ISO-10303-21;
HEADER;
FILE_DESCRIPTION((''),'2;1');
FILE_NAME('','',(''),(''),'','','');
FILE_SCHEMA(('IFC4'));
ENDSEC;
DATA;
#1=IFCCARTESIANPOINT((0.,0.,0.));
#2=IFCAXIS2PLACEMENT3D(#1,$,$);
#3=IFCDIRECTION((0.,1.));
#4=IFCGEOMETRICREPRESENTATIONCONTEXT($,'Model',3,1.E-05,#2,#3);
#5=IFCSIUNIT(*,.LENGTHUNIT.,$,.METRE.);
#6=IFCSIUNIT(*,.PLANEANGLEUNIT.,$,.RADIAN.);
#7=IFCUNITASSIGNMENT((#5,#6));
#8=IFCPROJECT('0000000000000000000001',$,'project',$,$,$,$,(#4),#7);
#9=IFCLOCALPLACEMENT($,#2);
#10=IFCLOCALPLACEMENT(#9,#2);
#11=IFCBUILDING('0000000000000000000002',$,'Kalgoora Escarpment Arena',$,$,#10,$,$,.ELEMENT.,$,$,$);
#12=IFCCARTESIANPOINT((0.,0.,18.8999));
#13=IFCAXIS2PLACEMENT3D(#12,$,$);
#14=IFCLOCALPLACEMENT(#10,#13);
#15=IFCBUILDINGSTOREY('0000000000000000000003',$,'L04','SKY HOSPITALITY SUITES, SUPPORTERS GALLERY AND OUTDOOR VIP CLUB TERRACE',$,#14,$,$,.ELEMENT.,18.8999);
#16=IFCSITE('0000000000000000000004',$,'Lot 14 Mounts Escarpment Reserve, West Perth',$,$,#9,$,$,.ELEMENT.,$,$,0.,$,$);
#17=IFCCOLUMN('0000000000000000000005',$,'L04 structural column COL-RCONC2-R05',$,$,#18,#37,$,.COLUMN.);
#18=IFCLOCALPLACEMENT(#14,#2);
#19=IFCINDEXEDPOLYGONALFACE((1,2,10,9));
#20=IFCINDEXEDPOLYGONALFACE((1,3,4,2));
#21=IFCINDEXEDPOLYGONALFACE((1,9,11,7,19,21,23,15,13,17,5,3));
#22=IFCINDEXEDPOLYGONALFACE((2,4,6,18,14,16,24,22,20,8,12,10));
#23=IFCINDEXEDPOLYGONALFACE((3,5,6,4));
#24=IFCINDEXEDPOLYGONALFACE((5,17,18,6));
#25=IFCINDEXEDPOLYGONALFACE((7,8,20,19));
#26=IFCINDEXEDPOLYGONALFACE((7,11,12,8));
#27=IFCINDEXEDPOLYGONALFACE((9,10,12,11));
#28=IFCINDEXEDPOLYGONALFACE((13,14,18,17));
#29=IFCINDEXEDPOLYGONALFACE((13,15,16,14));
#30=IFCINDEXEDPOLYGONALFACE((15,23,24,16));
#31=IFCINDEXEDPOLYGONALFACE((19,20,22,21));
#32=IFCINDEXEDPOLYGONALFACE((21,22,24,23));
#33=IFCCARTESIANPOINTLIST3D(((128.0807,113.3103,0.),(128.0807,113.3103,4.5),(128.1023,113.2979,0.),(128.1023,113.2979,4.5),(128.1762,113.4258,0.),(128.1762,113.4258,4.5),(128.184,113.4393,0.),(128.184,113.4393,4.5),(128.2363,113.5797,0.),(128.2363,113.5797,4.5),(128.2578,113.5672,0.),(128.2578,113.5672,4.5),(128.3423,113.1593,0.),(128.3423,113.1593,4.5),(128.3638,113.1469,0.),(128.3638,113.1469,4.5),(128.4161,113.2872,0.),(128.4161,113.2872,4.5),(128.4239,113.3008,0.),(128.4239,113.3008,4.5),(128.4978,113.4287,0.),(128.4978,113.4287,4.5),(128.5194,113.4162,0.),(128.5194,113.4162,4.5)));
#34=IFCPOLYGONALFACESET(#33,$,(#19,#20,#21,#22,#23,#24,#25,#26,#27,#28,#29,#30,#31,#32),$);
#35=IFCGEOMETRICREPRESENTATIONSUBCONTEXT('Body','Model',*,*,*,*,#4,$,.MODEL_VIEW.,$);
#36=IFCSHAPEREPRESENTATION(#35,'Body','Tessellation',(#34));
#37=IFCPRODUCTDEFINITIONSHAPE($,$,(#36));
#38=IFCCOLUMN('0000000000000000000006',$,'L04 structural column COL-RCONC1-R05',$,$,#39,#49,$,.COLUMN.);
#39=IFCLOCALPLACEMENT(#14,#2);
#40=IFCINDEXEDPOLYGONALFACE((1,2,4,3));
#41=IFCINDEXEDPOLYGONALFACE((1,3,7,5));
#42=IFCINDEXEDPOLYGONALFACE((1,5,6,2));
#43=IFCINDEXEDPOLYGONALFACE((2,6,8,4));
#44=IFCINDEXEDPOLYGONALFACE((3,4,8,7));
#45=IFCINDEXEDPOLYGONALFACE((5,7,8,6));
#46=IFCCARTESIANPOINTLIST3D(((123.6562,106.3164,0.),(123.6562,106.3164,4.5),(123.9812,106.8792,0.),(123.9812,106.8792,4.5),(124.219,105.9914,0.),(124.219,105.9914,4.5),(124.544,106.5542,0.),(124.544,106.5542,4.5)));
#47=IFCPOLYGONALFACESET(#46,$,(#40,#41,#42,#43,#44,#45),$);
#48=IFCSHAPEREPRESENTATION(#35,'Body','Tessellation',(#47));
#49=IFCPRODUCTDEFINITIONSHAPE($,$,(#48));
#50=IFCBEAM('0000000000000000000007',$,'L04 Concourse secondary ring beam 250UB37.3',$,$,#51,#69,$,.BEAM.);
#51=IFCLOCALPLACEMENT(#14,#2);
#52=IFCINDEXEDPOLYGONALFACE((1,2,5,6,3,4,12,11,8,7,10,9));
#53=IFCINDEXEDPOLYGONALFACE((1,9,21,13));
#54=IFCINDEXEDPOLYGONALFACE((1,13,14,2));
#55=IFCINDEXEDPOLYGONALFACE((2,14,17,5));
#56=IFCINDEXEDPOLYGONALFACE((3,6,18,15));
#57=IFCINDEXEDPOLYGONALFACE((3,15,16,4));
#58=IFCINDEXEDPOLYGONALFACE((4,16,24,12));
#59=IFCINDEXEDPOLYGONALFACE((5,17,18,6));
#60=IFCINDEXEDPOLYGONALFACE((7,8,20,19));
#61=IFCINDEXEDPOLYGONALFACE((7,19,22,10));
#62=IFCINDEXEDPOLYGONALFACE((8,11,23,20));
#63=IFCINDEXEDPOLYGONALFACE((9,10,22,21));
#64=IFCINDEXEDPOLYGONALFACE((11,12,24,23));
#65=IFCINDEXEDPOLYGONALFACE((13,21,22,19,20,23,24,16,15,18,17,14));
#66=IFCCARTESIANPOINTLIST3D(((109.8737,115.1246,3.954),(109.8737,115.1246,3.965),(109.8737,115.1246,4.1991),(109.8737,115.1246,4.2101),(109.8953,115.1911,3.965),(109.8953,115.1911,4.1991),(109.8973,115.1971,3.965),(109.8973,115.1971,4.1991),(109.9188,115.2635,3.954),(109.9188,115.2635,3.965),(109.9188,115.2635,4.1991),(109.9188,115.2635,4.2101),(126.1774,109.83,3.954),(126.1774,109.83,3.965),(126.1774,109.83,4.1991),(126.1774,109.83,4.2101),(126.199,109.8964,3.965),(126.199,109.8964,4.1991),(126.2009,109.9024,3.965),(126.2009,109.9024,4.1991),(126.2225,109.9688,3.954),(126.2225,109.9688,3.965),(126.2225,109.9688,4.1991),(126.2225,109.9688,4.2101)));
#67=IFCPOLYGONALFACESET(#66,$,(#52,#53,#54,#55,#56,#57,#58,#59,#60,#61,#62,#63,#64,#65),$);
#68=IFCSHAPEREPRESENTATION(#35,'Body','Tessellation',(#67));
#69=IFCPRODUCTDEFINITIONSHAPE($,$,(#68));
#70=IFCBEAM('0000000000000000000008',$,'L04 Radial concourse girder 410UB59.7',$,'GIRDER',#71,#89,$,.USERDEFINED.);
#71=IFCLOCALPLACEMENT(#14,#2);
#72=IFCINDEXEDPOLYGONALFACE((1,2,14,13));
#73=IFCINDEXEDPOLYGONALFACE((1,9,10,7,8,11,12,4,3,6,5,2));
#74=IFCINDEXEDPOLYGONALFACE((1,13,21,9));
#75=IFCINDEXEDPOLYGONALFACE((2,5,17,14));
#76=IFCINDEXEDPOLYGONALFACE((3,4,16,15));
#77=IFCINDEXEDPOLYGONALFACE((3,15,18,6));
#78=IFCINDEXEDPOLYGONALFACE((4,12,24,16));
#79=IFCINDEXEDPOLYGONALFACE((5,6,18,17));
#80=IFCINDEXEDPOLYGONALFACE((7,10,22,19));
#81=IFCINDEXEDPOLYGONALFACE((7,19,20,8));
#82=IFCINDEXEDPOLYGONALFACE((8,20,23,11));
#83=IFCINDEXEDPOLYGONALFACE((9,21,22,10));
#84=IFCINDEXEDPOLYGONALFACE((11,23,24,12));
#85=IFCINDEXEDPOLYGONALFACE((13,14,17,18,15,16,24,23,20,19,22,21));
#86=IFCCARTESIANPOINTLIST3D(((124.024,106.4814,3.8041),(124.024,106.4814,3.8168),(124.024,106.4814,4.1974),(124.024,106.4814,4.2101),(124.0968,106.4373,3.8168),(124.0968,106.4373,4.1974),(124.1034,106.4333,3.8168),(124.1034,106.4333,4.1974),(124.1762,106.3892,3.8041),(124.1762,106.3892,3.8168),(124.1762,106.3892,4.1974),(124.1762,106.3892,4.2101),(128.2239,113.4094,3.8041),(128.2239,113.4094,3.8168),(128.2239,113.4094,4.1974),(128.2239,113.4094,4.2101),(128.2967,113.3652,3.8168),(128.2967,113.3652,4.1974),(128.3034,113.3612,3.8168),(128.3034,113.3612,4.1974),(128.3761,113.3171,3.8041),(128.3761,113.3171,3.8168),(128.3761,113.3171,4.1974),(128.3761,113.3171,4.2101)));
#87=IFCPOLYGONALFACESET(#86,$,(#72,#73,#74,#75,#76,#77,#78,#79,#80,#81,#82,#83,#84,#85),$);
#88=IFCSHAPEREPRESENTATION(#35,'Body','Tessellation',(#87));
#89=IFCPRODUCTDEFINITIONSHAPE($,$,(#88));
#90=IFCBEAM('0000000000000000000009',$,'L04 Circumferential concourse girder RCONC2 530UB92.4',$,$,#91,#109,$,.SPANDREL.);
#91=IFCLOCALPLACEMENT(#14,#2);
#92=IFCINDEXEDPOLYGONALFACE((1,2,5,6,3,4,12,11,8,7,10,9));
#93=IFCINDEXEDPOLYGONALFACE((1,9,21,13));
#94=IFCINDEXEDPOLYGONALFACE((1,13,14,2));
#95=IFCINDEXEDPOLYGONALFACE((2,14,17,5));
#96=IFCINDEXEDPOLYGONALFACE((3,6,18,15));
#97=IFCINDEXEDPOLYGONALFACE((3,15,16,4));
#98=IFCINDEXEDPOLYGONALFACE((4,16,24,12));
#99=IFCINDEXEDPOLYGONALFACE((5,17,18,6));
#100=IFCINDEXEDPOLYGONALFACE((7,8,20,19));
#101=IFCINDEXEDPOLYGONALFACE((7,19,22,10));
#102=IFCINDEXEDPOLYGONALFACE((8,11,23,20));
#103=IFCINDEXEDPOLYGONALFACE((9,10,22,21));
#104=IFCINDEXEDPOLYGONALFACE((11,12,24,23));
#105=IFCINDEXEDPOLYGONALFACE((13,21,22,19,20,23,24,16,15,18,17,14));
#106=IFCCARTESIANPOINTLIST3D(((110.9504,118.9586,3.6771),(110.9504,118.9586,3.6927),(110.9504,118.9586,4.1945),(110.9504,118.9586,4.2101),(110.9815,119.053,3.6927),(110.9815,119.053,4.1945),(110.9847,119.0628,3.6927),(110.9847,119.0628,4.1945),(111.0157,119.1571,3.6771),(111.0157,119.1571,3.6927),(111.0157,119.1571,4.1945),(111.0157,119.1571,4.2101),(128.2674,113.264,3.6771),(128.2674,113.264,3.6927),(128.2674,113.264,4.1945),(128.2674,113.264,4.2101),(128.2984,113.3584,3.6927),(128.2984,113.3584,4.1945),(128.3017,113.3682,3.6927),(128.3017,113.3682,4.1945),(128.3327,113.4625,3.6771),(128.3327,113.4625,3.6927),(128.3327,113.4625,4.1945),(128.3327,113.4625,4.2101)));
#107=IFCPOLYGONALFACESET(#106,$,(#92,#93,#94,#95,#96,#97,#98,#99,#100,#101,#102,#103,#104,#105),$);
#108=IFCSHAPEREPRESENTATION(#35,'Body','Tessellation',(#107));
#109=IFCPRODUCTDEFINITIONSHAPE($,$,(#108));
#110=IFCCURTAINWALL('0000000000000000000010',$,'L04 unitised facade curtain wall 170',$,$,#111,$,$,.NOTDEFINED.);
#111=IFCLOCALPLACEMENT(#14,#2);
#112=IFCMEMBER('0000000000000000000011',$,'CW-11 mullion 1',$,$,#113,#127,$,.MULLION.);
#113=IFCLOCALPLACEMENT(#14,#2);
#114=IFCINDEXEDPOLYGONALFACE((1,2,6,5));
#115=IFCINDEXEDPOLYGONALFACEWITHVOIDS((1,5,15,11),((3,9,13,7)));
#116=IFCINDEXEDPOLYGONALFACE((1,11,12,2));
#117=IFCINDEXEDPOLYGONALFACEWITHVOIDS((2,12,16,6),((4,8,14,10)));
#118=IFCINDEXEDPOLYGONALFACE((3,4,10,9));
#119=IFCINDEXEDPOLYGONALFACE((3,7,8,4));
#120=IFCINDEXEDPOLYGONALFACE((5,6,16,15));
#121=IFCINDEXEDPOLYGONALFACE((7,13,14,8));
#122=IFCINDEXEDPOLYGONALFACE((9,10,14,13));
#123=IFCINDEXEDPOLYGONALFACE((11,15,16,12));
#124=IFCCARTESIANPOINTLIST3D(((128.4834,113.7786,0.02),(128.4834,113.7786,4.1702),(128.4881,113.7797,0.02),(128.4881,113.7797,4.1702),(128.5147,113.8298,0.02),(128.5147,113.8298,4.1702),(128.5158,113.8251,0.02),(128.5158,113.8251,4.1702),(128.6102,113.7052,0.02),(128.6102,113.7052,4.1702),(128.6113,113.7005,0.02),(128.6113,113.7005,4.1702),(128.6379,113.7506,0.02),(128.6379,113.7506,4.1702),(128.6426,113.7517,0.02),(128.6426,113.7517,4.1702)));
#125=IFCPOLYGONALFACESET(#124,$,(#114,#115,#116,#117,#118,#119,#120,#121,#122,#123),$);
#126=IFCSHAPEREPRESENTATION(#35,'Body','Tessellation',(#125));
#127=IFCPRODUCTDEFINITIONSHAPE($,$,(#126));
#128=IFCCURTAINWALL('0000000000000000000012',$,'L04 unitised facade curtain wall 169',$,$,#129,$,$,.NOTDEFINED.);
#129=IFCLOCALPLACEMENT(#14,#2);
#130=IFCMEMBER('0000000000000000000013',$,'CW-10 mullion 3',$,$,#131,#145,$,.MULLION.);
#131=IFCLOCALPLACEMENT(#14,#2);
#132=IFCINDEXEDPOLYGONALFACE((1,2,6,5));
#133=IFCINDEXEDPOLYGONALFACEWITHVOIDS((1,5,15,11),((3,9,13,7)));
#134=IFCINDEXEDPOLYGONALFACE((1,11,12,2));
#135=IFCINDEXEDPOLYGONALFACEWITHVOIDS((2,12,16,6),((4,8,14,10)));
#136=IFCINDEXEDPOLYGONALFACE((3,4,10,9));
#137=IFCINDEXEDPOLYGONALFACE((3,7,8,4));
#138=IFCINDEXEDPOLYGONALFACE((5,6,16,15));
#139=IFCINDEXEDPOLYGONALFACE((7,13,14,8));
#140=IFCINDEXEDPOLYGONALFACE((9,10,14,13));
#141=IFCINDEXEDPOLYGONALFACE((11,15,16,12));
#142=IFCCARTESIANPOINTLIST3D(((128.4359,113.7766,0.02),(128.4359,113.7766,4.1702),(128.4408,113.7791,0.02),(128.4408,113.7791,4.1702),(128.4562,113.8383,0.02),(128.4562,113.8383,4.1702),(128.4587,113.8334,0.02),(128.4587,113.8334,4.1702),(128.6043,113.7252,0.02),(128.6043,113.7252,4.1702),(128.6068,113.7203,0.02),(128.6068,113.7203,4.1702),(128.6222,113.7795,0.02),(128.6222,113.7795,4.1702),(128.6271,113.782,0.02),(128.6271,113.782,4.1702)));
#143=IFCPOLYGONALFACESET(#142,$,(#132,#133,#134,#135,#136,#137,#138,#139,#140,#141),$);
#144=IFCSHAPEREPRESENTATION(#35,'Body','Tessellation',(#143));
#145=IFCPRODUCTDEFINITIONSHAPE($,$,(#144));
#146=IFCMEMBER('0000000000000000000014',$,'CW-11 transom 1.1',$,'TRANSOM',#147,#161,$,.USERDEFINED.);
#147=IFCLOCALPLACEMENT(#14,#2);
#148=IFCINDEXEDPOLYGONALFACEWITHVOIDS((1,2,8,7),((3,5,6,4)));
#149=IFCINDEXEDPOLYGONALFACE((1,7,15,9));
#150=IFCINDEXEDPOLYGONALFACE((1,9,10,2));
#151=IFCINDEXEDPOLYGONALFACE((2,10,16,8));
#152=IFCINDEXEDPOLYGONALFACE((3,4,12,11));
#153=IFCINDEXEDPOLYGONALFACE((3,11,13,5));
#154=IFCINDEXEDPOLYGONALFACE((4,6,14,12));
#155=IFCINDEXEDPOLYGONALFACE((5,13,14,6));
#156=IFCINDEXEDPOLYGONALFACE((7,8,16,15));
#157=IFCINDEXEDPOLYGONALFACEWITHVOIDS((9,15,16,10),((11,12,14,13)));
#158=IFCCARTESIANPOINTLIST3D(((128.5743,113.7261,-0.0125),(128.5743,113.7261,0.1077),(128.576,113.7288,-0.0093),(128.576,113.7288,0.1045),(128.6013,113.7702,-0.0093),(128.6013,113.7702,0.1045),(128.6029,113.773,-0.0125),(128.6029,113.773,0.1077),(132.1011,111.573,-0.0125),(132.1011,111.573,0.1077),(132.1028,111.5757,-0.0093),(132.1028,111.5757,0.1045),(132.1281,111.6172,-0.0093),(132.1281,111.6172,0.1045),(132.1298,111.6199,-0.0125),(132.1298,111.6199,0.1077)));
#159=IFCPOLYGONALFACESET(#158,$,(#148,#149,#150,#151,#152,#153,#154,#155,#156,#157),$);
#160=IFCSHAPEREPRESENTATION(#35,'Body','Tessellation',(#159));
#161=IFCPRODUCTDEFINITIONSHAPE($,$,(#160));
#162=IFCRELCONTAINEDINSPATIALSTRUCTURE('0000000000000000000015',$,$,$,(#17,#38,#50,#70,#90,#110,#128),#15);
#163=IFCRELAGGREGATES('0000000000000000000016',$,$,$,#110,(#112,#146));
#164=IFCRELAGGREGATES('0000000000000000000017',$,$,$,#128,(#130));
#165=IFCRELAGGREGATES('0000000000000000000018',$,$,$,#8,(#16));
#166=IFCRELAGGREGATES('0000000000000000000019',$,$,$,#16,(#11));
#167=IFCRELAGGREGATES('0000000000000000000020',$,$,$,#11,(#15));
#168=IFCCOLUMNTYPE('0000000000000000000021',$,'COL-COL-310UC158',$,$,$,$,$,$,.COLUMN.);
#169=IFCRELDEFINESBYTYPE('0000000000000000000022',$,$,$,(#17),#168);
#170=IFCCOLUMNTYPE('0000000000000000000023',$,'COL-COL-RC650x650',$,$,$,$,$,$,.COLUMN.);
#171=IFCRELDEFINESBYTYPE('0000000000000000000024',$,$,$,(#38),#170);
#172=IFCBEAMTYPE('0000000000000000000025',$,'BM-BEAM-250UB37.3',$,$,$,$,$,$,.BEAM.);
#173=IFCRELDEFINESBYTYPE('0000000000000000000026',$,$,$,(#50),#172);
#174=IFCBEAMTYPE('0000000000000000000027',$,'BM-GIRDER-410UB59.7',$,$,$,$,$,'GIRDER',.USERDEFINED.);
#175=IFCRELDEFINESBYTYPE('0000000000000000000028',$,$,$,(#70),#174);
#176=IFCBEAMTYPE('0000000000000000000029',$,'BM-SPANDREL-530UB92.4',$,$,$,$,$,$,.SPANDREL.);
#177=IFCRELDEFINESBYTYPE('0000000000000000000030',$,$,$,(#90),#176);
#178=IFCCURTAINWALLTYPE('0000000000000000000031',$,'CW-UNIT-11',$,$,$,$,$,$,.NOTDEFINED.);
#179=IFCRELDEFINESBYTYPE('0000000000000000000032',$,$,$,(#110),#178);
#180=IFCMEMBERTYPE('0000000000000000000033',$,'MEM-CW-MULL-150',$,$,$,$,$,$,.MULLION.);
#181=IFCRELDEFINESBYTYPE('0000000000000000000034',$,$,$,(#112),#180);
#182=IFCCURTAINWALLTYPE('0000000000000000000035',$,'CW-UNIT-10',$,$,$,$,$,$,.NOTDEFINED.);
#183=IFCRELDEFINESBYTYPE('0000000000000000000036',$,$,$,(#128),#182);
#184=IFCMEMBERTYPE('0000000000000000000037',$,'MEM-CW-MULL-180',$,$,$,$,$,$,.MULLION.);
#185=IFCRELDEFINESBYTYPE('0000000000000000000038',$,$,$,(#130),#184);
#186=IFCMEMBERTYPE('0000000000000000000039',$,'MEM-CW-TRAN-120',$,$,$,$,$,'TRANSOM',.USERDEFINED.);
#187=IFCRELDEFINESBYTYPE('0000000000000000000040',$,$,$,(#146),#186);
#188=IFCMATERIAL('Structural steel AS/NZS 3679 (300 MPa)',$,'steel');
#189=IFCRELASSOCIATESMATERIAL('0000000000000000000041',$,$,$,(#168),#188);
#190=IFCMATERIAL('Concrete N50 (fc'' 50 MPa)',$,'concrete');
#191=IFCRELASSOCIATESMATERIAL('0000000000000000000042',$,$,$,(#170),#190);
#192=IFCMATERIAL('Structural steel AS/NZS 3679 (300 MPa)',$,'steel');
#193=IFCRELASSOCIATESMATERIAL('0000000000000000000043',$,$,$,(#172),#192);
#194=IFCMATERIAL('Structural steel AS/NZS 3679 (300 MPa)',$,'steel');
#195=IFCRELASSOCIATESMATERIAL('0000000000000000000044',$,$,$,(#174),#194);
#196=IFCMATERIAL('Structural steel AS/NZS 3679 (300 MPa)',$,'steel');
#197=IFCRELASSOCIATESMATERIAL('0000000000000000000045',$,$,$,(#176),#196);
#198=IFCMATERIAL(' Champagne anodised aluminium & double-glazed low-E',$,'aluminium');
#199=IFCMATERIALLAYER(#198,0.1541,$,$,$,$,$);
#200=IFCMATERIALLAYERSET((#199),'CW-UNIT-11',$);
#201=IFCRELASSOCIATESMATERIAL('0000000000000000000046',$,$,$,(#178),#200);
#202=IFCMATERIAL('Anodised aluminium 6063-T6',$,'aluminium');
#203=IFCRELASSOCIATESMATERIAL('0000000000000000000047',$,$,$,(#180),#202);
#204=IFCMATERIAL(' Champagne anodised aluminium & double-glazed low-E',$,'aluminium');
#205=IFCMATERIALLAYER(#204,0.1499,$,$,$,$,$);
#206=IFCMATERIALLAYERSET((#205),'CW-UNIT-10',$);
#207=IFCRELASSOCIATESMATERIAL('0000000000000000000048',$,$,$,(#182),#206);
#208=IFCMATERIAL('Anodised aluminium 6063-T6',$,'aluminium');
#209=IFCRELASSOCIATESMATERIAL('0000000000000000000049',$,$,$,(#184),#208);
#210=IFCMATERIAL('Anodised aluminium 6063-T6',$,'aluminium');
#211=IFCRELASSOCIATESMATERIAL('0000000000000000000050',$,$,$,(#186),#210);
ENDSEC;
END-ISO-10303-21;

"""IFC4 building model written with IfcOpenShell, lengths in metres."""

from ifc_helpers import new_model, si_unit, direction, frame, origin, origin_2d, place, context, subcontext, project, spatial, rectangle, hollow_rectangle, i_section, extrude, material, layer, layer_set, material_profile, profile_set, type_object, element, aggregate, save


model = new_model("IFC4")

# Units and contexts
model_context = context("Model", 3, precision=1e-05, world=origin(), true_north=direction((0.0, 1.0)))
body_context = subcontext(model_context, "Body", "Model", "MODEL_VIEW")
ifc_project = project(units=[si_unit("LENGTHUNIT", "METRE"), si_unit("PLANEANGLEUNIT", "RADIAN")], contexts=[model_context])

# Site, building, storey
site_placement = place(None, origin())
site = spatial("IfcSite", under=ifc_project, at=site_placement, Name="Lot 14 Mounts Escarpment Reserve, West Perth", CompositionType="ELEMENT", RefElevation=0.0)
building_placement = place(site_placement, origin())
building = spatial("IfcBuilding", under=site, at=building_placement, Name="Kalgoora Escarpment Arena", CompositionType="ELEMENT")
storey_placement = place(building_placement, frame((0.0, 0.0, 18.8999)))
storey = spatial("IfcBuildingStorey", under=building, at=storey_placement, Name="L04", Description="SKY HOSPITALITY SUITES, SUPPORTERS GALLERY AND OUTDOOR VIP CLUB TERRACE", CompositionType="ELEMENT", Elevation=18.8999)

# Columns
ifc_material_1 = material(Name="Structural steel AS/NZS 3679 (300 MPa)", Category="steel")
ifc_material_profile_1 = material_profile(ifc_material_1, i_section(OverallWidth=0.311, OverallDepth=0.3269, WebThickness=0.0156, FlangeThickness=0.0249, at=origin_2d()))
ifc_profile_set_1 = profile_set([ifc_material_profile_1], Name="Structural steel AS/NZS 3679 (300 MPa)")
column_type_1 = type_object("IfcColumnType", Name="COL-COL-310UC158", PredefinedType="COLUMN", material=ifc_profile_set_1)
column_1_placement = place(storey_placement, frame((128.3, 113.3633, 0.0), z_axis=(0.0, 0.0, 1.0), x_axis=(0.5, 0.866025, 0.0)))
element("IfcColumn", 1, at=column_1_placement, inside=storey, type_object=column_type_1, Name="L04 structural column COL-RCONC2-R05", PredefinedType="COLUMN", context=body_context, shape_type="SweptSolid", body=[
    extrude(i_section(OverallWidth=0.311, OverallDepth=0.3269, WebThickness=0.0156, FlangeThickness=0.0249, at=origin_2d()), origin(), (0.0, 0.0, 1.0), 4.5),
])
ifc_material_2 = material(Name="Concrete N50 (fc' 50 MPa)", Category="concrete")
ifc_material_profile_2 = material_profile(ifc_material_2, rectangle(XDim=0.6499, YDim=0.6499, at=origin_2d()))
ifc_profile_set_2 = profile_set([ifc_material_profile_2], Name="Concrete N50 (fc' 50 MPa)")
column_type_2 = type_object("IfcColumnType", Name="COL-COL-RC650x650", PredefinedType="COLUMN", material=ifc_profile_set_2)
column_2_placement = place(storey_placement, frame((124.1001, 106.4353, 0.0), z_axis=(0.0, 0.0, 1.0), x_axis=(0.5, 0.866025, 0.0)))
element("IfcColumn", 2, at=column_2_placement, inside=storey, type_object=column_type_2, Name="L04 structural column COL-RCONC1-R05", PredefinedType="COLUMN", context=body_context, shape_type="SweptSolid", body=[
    extrude(rectangle(XDim=0.6499, YDim=0.6499, at=origin_2d()), origin(), (0.0, 0.0, 1.0), 4.5),
])

# Beams
ifc_material_3 = material(Name="Structural steel AS/NZS 3679 (300 MPa)", Category="steel")
ifc_material_profile_3 = material_profile(ifc_material_3, i_section(OverallWidth=0.146, OverallDepth=0.2561, WebThickness=0.0063, FlangeThickness=0.011, at=origin_2d()))
ifc_profile_set_3 = profile_set([ifc_material_profile_3], Name="Structural steel AS/NZS 3679 (300 MPa)")
beam_type_1 = type_object("IfcBeamType", Name="BM-BEAM-250UB37.3", PredefinedType="BEAM", material=ifc_profile_set_3)
beam_1_placement = place(storey_placement, frame((126.2, 109.8994, 4.082), z_axis=(-0.951103, 0.308874, 0.0), x_axis=(-0.308874, -0.951103, 0.0)))
element("IfcBeam", 3, at=beam_1_placement, inside=storey, type_object=beam_type_1, Name="L04 Concourse secondary ring beam 250UB37.3", PredefinedType="BEAM", context=body_context, shape_type="SweptSolid", body=[
    extrude(i_section(OverallWidth=0.146, OverallDepth=0.2561, WebThickness=0.0063, FlangeThickness=0.011, at=origin_2d()), origin(), (0.0, 0.0, 1.0), 17.1418),
])
ifc_material_4 = material(Name="Structural steel AS/NZS 3679 (300 MPa)", Category="steel")
ifc_material_profile_4 = material_profile(ifc_material_4, i_section(OverallWidth=0.178, OverallDepth=0.406, WebThickness=0.0078, FlangeThickness=0.0127, at=origin_2d()))
ifc_profile_set_4 = profile_set([ifc_material_profile_4], Name="Structural steel AS/NZS 3679 (300 MPa)")
beam_type_2 = type_object("IfcBeamType", Name="BM-GIRDER-410UB59.7", ElementType="GIRDER", PredefinedType="USERDEFINED", material=ifc_profile_set_4)
beam_2_placement = place(storey_placement, frame((124.1001, 106.4353, 4.0071), z_axis=(0.518408, 0.855133, 0.0), x_axis=(-0.855133, 0.518408, 0.0)))
element("IfcBeam", 4, at=beam_2_placement, inside=storey, type_object=beam_type_2, Name="L04 Radial concourse girder 410UB59.7", ObjectType="GIRDER", PredefinedType="USERDEFINED", context=body_context, shape_type="SweptSolid", body=[
    extrude(i_section(OverallWidth=0.178, OverallDepth=0.406, WebThickness=0.0078, FlangeThickness=0.0127, at=origin_2d()), origin(), (0.0, 0.0, 1.0), 8.1016),
])
ifc_material_5 = material(Name="Structural steel AS/NZS 3679 (300 MPa)", Category="steel")
ifc_material_profile_5 = material_profile(ifc_material_5, i_section(OverallWidth=0.209, OverallDepth=0.533, WebThickness=0.0103, FlangeThickness=0.0156, at=origin_2d()))
ifc_profile_set_5 = profile_set([ifc_material_profile_5], Name="Structural steel AS/NZS 3679 (300 MPa)")
beam_type_3 = type_object("IfcBeamType", Name="BM-SPANDREL-530UB92.4", PredefinedType="SPANDREL", material=ifc_profile_set_5)
beam_3_placement = place(storey_placement, frame((128.3, 113.3633, 3.9436), z_axis=(-0.949955, 0.312388, 0.0), x_axis=(-0.312388, -0.949955, 0.0)))
element("IfcBeam", 5, at=beam_3_placement, inside=storey, type_object=beam_type_3, Name="L04 Circumferential concourse girder RCONC2 530UB92.4", PredefinedType="SPANDREL", context=body_context, shape_type="SweptSolid", body=[
    extrude(i_section(OverallWidth=0.209, OverallDepth=0.533, WebThickness=0.0103, FlangeThickness=0.0156, at=origin_2d()), origin(), (0.0, 0.0, 1.0), 18.2292),
])

# Curtain walls, members
ifc_material_6 = material(Name=" Champagne anodised aluminium & double-glazed low-E", Category="aluminium")
ifc_layer_1 = layer(ifc_material_6, 0.1541)
ifc_layer_set_1 = layer_set([ifc_layer_1], Name="CW-UNIT-11")
curtain_wall_type_1 = type_object("IfcCurtainWallType", Name="CW-UNIT-11", PredefinedType="NOTDEFINED", material=ifc_layer_set_1)
curtain_wall_1_placement = place(storey_placement, origin())
curtain_wall_1 = element("IfcCurtainWall", 6, at=curtain_wall_1_placement, inside=storey, type_object=curtain_wall_type_1, Name="L04 unitised facade curtain wall 170", PredefinedType="NOTDEFINED")
ifc_material_7 = material(Name="Anodised aluminium 6063-T6", Category="aluminium")
ifc_material_profile_6 = material_profile(ifc_material_7, hollow_rectangle(XDim=0.0601, YDim=0.1499, WallThickness=0.0034, at=origin_2d()))
ifc_profile_set_6 = profile_set([ifc_material_profile_6], Name="Anodised aluminium 6063-T6")
member_type_1 = type_object("IfcMemberType", Name="MEM-CW-MULL-150", PredefinedType="MULLION", material=ifc_profile_set_6)
member_1_placement = place(storey_placement, frame((128.563, 113.7651, 0.02), z_axis=(0.0, 0.0, 1.0), x_axis=(0.521059, 0.853521, 0.0)))
member_1 = element("IfcMember", 7, at=member_1_placement, type_object=member_type_1, Name="CW-11 mullion 1", PredefinedType="MULLION", context=body_context, shape_type="SweptSolid", body=[
    extrude(hollow_rectangle(XDim=0.0601, YDim=0.1499, WallThickness=0.0034, at=origin_2d()), origin(), (0.0, 0.0, 1.0), 4.1501),
])
ifc_material_8 = material(Name=" Champagne anodised aluminium & double-glazed low-E", Category="aluminium")
ifc_layer_2 = layer(ifc_material_8, 0.1499)
ifc_layer_set_2 = layer_set([ifc_layer_2], Name="CW-UNIT-10")
curtain_wall_type_2 = type_object("IfcCurtainWallType", Name="CW-UNIT-10", PredefinedType="NOTDEFINED", material=ifc_layer_set_2)
curtain_wall_2_placement = place(storey_placement, origin())
curtain_wall_2 = element("IfcCurtainWall", 8, at=curtain_wall_2_placement, inside=storey, type_object=curtain_wall_type_2, Name="L04 unitised facade curtain wall 169", PredefinedType="NOTDEFINED")
ifc_material_9 = material(Name="Anodised aluminium 6063-T6", Category="aluminium")
ifc_material_profile_7 = material_profile(ifc_material_9, hollow_rectangle(XDim=0.0649, YDim=0.1799, WallThickness=0.0039, at=origin_2d()))
ifc_profile_set_7 = profile_set([ifc_material_profile_7], Name="Anodised aluminium 6063-T6")
member_type_2 = type_object("IfcMemberType", Name="MEM-CW-MULL-180", PredefinedType="MULLION", material=ifc_profile_set_7)
member_2_placement = place(storey_placement, frame((128.5315, 113.7793, 0.02), z_axis=(0.0, 0.0, 1.0), x_axis=(0.312986, 0.949758, 0.0)))
member_2 = element("IfcMember", 9, at=member_2_placement, type_object=member_type_2, Name="CW-10 mullion 3", PredefinedType="MULLION", context=body_context, shape_type="SweptSolid", body=[
    extrude(hollow_rectangle(XDim=0.0649, YDim=0.1799, WallThickness=0.0039, at=origin_2d()), origin(), (0.0, 0.0, 1.0), 4.1501),
])

# Member
ifc_material_10 = material(Name="Anodised aluminium 6063-T6", Category="aluminium")
ifc_material_profile_8 = material_profile(ifc_material_10, hollow_rectangle(XDim=0.0549, YDim=0.1201, WallThickness=0.0032, at=origin_2d()))
ifc_profile_set_8 = profile_set([ifc_material_profile_8], Name="Anodised aluminium 6063-T6")
member_type_3 = type_object("IfcMemberType", Name="MEM-CW-TRAN-120", ElementType="TRANSOM", PredefinedType="USERDEFINED", material=ifc_profile_set_8)
member_3_placement = place(storey_placement, frame((128.5886, 113.7495, 0.0476), z_axis=(0.853521, -0.521058, 0.0), x_axis=(0.521058, 0.853521, 0.0)))
member_3 = element("IfcMember", 10, at=member_3_placement, type_object=member_type_3, Name="CW-11 transom 1.1", ObjectType="TRANSOM", PredefinedType="USERDEFINED", context=body_context, shape_type="SweptSolid", body=[
    extrude(hollow_rectangle(XDim=0.0549, YDim=0.1201, WallThickness=0.0032, at=origin_2d()), origin(), (0.0, 0.0, 1.0), 4.1321),
])

aggregate(curtain_wall_1, [member_1, member_3])
aggregate(curtain_wall_2, [member_2])

save(model, "model.ifc")
